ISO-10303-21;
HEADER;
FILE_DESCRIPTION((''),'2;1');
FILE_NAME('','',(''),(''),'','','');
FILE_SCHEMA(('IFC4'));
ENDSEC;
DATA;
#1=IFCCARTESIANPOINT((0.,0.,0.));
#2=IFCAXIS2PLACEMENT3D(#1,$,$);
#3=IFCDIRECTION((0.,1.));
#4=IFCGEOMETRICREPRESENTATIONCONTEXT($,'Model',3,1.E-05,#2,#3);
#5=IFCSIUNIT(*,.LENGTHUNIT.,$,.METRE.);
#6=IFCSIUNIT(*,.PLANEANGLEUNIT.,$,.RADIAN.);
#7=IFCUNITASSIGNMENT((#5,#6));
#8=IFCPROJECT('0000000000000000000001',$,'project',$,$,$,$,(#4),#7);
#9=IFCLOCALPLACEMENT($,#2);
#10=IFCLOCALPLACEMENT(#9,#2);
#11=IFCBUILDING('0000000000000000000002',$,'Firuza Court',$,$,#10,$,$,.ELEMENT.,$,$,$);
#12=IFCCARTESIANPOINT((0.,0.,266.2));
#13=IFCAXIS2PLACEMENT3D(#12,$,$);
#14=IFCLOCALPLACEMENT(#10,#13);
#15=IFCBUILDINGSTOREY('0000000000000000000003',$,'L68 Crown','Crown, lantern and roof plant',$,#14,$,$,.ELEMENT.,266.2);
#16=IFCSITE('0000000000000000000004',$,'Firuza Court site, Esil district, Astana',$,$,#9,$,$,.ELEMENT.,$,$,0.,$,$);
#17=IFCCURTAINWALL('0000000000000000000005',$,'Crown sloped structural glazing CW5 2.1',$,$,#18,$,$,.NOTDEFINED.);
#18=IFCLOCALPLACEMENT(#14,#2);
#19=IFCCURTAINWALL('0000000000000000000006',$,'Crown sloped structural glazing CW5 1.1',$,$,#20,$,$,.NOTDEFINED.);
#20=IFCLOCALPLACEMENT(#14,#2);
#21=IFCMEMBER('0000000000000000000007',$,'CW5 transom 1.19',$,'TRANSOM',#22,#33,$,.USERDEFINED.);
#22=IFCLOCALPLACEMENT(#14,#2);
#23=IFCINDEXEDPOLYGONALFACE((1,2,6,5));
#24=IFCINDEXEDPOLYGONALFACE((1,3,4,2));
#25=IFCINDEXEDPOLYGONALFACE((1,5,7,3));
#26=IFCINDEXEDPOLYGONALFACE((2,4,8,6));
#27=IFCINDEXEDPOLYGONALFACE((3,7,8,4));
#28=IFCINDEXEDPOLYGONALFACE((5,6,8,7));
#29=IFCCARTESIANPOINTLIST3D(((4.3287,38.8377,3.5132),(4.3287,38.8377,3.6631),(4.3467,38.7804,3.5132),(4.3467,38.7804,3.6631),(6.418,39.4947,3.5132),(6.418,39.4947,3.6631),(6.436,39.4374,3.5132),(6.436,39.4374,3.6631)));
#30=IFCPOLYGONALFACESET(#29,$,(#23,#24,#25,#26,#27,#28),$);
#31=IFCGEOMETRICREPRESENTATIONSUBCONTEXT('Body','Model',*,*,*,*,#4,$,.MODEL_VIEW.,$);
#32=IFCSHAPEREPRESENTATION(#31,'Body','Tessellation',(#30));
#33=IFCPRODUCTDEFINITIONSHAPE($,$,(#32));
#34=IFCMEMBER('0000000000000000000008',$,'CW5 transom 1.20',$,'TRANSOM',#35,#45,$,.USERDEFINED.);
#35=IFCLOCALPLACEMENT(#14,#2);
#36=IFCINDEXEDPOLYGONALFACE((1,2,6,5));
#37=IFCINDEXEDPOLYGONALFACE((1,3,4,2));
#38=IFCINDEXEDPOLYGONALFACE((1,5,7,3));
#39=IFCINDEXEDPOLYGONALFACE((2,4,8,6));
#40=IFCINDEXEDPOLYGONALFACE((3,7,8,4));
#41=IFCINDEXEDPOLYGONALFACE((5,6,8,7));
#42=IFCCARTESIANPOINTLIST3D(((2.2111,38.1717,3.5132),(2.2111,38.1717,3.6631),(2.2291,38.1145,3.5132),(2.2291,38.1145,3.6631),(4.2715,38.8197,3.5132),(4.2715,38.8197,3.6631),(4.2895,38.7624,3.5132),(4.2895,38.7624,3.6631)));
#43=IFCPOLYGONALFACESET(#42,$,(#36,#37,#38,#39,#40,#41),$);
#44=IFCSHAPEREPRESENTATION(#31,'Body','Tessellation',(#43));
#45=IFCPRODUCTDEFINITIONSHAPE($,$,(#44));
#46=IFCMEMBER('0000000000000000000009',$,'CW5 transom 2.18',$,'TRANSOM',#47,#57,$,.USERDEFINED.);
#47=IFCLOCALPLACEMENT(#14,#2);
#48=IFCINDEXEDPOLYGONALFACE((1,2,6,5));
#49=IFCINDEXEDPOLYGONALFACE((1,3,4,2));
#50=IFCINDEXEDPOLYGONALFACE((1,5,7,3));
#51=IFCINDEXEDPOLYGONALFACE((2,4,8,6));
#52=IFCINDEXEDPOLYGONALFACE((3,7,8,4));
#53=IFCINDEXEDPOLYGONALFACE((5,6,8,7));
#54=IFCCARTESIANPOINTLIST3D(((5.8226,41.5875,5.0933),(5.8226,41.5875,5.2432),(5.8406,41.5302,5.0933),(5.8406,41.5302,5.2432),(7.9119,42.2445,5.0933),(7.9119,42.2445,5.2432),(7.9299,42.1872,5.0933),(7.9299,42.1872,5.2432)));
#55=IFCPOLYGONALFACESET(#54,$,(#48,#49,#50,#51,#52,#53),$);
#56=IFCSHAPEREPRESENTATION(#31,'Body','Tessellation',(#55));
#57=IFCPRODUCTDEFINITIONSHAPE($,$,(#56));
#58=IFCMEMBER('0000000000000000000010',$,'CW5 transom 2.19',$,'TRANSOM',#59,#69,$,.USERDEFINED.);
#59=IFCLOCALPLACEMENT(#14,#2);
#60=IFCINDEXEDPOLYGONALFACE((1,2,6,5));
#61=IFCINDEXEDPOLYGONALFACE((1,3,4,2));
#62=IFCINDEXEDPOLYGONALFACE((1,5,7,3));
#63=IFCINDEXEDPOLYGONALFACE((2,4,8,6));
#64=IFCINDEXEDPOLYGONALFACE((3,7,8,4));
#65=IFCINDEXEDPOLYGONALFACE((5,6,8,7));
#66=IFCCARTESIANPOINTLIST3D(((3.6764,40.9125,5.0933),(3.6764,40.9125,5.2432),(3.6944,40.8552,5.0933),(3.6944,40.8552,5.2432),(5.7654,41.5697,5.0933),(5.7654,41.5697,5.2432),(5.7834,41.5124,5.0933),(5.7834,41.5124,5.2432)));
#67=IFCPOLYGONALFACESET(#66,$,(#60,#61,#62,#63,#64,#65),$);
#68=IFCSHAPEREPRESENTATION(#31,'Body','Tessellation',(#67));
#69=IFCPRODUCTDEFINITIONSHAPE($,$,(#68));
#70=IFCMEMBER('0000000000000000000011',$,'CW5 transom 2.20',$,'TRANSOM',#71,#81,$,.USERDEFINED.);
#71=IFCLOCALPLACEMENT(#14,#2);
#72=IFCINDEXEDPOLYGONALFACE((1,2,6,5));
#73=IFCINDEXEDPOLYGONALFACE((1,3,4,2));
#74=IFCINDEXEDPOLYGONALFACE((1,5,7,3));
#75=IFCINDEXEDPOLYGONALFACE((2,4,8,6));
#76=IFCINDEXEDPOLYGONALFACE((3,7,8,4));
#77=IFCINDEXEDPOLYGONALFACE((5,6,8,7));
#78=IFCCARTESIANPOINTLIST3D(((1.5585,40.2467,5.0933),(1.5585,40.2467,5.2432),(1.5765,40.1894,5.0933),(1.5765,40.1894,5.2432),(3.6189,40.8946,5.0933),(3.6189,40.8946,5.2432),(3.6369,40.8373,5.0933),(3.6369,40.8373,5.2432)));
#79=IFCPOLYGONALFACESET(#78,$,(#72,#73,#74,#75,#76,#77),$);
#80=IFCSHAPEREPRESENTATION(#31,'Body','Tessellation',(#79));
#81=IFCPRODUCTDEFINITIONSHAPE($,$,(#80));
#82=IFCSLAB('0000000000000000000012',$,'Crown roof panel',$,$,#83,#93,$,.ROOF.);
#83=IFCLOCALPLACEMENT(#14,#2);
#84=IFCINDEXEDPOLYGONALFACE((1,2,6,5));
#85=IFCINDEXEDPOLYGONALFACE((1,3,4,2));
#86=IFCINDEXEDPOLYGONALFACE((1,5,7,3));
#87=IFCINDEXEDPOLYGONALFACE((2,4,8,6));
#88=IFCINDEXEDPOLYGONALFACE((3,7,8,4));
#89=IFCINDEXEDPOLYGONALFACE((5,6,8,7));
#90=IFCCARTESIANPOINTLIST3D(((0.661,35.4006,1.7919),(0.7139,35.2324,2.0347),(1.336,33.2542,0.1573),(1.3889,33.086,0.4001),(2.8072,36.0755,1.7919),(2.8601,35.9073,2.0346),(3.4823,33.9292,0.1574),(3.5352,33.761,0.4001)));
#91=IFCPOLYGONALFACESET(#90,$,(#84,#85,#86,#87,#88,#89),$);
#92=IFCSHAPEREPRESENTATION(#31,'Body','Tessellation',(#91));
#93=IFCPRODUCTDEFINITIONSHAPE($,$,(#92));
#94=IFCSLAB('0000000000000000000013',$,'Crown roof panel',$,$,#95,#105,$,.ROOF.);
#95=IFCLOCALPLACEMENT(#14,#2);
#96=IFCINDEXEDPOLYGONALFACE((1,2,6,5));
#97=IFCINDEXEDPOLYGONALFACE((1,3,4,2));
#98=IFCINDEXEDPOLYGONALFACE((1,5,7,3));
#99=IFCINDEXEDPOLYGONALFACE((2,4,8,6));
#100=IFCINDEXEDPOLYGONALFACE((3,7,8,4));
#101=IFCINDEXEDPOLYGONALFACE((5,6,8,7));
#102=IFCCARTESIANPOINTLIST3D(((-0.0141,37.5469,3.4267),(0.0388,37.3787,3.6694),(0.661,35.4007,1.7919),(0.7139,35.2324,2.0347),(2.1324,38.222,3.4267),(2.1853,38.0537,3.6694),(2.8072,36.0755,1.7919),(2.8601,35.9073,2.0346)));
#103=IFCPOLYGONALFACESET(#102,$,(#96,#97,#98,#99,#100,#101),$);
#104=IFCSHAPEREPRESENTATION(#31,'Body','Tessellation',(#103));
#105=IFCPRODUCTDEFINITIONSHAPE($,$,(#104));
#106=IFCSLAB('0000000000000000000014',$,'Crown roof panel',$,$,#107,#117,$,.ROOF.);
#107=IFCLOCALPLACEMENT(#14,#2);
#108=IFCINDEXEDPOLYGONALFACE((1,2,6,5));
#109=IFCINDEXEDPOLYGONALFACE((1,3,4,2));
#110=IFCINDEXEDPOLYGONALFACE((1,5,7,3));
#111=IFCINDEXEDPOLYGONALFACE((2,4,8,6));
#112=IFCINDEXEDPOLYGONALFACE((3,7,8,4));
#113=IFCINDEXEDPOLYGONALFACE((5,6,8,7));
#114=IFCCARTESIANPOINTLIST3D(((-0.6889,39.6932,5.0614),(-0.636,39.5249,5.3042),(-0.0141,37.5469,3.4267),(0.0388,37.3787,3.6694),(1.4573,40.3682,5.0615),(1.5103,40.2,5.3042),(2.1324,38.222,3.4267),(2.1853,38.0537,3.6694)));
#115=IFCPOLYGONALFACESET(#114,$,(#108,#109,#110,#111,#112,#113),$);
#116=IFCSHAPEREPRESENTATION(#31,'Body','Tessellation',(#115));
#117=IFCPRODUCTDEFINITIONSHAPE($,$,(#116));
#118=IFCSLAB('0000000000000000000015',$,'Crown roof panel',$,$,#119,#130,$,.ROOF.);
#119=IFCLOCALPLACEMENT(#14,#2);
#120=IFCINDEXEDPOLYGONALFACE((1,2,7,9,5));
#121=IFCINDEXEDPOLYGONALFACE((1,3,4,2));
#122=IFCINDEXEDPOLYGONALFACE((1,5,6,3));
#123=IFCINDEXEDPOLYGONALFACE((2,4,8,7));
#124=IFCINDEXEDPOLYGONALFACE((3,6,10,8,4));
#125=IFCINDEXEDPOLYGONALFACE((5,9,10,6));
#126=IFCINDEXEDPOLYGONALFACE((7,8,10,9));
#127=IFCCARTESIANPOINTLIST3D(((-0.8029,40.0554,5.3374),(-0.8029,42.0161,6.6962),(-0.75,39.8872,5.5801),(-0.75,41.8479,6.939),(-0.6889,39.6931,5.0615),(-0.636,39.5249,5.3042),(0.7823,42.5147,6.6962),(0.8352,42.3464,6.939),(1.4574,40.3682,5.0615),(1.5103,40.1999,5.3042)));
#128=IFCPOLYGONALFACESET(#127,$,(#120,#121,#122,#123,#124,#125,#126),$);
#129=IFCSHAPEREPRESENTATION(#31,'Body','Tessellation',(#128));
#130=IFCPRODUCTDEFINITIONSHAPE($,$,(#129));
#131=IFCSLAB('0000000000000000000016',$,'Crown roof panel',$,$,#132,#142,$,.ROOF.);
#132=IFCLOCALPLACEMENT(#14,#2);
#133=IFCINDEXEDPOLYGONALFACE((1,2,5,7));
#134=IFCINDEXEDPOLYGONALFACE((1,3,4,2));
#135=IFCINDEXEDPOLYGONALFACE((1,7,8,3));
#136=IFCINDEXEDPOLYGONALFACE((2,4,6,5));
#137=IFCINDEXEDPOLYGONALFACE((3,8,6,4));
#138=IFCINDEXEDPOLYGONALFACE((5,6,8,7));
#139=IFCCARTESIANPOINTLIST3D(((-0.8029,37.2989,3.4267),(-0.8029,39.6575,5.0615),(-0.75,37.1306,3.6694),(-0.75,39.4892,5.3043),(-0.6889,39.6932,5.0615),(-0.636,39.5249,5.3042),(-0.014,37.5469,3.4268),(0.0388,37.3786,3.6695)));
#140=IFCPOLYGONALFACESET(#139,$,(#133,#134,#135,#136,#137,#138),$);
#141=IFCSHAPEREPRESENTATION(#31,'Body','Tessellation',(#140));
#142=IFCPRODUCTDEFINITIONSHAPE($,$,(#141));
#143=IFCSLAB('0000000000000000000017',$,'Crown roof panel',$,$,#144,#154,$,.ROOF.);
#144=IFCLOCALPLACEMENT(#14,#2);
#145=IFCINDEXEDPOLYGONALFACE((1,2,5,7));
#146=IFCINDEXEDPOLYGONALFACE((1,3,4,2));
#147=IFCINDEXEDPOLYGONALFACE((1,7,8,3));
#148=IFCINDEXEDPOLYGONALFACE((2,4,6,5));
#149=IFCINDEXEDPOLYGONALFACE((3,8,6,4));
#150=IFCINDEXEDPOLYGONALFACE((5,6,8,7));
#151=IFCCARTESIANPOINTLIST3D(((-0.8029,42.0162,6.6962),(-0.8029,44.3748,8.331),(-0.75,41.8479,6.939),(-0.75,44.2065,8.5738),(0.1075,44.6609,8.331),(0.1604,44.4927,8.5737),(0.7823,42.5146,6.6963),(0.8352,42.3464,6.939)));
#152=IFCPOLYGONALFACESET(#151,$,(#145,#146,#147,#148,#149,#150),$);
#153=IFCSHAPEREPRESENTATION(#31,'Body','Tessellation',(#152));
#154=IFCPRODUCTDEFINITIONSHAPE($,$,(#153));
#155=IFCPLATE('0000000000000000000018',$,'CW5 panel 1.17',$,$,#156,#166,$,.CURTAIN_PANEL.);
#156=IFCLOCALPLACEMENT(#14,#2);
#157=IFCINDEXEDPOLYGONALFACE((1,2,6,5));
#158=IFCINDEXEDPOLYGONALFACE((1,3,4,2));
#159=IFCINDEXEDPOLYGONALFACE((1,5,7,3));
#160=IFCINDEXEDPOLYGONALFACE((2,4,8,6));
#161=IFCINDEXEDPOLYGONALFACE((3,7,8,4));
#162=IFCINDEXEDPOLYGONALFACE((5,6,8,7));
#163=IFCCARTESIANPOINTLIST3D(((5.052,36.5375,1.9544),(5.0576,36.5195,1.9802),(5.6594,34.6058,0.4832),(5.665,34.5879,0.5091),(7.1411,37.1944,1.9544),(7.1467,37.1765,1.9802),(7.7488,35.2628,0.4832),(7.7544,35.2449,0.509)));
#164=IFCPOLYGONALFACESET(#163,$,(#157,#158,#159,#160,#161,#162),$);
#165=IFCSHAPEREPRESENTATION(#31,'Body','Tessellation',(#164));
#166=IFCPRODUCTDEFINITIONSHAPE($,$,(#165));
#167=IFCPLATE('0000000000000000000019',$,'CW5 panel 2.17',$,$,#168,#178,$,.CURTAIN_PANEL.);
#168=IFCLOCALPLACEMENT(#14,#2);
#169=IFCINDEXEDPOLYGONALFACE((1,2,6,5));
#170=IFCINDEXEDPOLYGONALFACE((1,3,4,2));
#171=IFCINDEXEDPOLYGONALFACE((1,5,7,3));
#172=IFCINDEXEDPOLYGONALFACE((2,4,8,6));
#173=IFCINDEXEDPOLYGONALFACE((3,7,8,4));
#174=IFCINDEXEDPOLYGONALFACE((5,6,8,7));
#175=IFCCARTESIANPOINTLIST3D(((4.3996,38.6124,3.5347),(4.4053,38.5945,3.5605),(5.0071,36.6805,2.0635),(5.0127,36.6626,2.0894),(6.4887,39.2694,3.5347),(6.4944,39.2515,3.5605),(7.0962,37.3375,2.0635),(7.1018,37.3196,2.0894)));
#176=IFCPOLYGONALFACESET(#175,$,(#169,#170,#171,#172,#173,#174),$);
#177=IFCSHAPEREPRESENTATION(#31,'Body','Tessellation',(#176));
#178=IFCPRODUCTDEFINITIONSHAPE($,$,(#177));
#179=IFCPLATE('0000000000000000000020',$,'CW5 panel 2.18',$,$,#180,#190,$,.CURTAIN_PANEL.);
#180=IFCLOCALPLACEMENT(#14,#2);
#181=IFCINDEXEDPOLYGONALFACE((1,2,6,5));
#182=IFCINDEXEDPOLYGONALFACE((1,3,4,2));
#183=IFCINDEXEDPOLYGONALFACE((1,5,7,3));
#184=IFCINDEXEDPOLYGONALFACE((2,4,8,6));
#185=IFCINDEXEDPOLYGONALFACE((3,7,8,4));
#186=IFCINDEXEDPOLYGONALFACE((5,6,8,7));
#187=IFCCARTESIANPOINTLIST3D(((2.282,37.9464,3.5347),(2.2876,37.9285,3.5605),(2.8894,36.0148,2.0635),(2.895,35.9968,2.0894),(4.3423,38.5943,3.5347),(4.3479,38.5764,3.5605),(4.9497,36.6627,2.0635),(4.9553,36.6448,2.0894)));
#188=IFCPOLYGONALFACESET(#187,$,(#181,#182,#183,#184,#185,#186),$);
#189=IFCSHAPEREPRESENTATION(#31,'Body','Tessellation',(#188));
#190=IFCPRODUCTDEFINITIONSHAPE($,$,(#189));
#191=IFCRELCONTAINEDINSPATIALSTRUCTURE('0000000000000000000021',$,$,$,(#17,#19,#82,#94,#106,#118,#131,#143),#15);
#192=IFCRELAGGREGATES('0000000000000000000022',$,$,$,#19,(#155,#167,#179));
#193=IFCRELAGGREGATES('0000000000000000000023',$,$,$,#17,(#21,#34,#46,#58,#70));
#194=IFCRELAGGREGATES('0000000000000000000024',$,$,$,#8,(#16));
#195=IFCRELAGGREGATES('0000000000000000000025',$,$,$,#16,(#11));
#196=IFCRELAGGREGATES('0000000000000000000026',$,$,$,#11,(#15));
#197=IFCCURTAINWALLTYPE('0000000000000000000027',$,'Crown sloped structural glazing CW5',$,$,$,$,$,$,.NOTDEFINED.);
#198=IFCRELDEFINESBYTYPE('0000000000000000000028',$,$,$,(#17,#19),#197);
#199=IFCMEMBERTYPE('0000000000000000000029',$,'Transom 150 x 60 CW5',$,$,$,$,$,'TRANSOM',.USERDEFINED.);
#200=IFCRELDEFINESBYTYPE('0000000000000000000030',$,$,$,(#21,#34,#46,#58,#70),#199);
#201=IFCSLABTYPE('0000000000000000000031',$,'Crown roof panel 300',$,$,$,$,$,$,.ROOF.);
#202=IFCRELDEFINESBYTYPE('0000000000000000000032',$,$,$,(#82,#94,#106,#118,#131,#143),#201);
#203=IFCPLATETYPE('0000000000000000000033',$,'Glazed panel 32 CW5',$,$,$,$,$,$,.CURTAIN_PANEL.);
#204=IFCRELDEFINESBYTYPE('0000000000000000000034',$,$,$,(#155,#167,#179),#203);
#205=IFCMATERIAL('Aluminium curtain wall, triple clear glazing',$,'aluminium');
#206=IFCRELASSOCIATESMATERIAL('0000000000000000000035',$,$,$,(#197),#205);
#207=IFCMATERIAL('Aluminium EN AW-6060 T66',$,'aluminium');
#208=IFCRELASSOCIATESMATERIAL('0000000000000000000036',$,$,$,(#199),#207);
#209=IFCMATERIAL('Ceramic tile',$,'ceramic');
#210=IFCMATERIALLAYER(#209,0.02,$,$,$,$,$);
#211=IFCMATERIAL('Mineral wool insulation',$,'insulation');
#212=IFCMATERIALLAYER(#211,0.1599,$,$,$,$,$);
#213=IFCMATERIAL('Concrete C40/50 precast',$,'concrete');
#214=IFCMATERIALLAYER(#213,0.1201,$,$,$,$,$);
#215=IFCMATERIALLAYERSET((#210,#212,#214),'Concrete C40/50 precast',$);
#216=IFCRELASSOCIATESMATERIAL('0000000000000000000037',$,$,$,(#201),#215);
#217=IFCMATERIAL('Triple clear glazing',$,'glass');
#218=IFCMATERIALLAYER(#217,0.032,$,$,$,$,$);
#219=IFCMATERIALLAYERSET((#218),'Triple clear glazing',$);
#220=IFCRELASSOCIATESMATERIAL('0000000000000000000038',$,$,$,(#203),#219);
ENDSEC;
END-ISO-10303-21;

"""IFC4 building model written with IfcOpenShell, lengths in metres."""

from ifc_helpers import new_model, si_unit, direction, frame, origin, origin_2d, place, context, subcontext, project, spatial, polyline, rectangle, outline, extrude, material, layer, layer_set, material_profile, profile_set, type_object, element, aggregate, save


model = new_model("IFC4")

# Units and contexts
model_context = context("Model", 3, precision=1e-05, world=origin(), true_north=direction((0.0, 1.0)))
body_context = subcontext(model_context, "Body", "Model", "MODEL_VIEW")
ifc_project = project(units=[si_unit("LENGTHUNIT", "METRE"), si_unit("PLANEANGLEUNIT", "RADIAN")], contexts=[model_context])

# Site, building, storey
site_placement = place(None, origin())
site = spatial("IfcSite", under=ifc_project, at=site_placement, Name="Firuza Court site, Esil district, Astana", CompositionType="ELEMENT", RefElevation=0.0)
building_placement = place(site_placement, origin())
building = spatial("IfcBuilding", under=site, at=building_placement, Name="Firuza Court", CompositionType="ELEMENT")
storey_placement = place(building_placement, frame((0.0, 0.0, 266.2)))
storey = spatial("IfcBuildingStorey", under=building, at=storey_placement, Name="L68 Crown", Description="Crown, lantern and roof plant", CompositionType="ELEMENT", Elevation=266.2)

# Curtain walls
ifc_material_1 = material(Name="Aluminium curtain wall, triple clear glazing", Category="aluminium")
curtain_wall_type = type_object("IfcCurtainWallType", Name="Crown sloped structural glazing CW5", PredefinedType="NOTDEFINED", material=ifc_material_1)
curtain_wall_1_placement = place(storey_placement, origin())
curtain_wall_1 = element("IfcCurtainWall", 1, at=curtain_wall_1_placement, inside=storey, type_object=curtain_wall_type, Name="Crown sloped structural glazing CW5 2.1", PredefinedType="NOTDEFINED")
curtain_wall_2_placement = place(storey_placement, origin())
curtain_wall_2 = element("IfcCurtainWall", 2, at=curtain_wall_2_placement, inside=storey, type_object=curtain_wall_type, Name="Crown sloped structural glazing CW5 1.1", PredefinedType="NOTDEFINED")
ifc_material_2 = material(Name="Aluminium EN AW-6060 T66", Category="aluminium")
ifc_material_profile_1 = material_profile(ifc_material_2, rectangle(XDim=0.0601, YDim=0.1499, at=origin_2d()), Name="Transom 150 x 60 CW5")
ifc_profile_set_1 = profile_set([ifc_material_profile_1], Name="Aluminium EN AW-6060 T66")
member_type_1 = type_object("IfcMemberType", Name="Transom 150 x 60 CW5", ElementType="TRANSOM", PredefinedType="USERDEFINED", material=ifc_profile_set_1)

# Members
member_1_placement = place(storey_placement, frame((6.427, 39.4661, 3.5881), z_axis=(-0.953951, -0.299963, 0.0), x_axis=(0.299963, -0.953951, 0.0)))
member_1 = element("IfcMember", 3, at=member_1_placement, type_object=member_type_1, Name="CW5 transom 1.19", ObjectType="TRANSOM", PredefinedType="USERDEFINED", context=body_context, shape_type="SweptSolid", body=[
    extrude(rectangle(XDim=0.0601, YDim=0.1499, at=origin_2d()), origin(), (0.0, 0.0, 1.0), 2.1902),
])
member_2_placement = place(storey_placement, frame((4.2805, 38.791, 3.5881), z_axis=(-0.953948, -0.299974, 0.0), x_axis=(0.299974, -0.953948, 0.0)))
member_2 = element("IfcMember", 4, at=member_2_placement, type_object=member_type_1, Name="CW5 transom 1.20", ObjectType="TRANSOM", PredefinedType="USERDEFINED", context=body_context, shape_type="SweptSolid", body=[
    extrude(rectangle(XDim=0.0601, YDim=0.1499, at=origin_2d()), origin(), (0.0, 0.0, 1.0), 2.1599),
])
member_3_placement = place(storey_placement, frame((7.9209, 42.2158, 5.1682), z_axis=(-0.953951, -0.299963, 0.0), x_axis=(0.299963, -0.953951, 0.0)))
member_3 = element("IfcMember", 5, at=member_3_placement, type_object=member_type_1, Name="CW5 transom 2.18", ObjectType="TRANSOM", PredefinedType="USERDEFINED", context=body_context, shape_type="SweptSolid", body=[
    extrude(rectangle(XDim=0.0601, YDim=0.1499, at=origin_2d()), origin(), (0.0, 0.0, 1.0), 2.1902),
])
member_4_placement = place(storey_placement, frame((5.7744, 41.541, 5.1682), z_axis=(-0.953909, -0.300096, 0.0), x_axis=(0.300096, -0.953909, 0.0)))
member_4 = element("IfcMember", 6, at=member_4_placement, type_object=member_type_1, Name="CW5 transom 2.19", ObjectType="TRANSOM", PredefinedType="USERDEFINED", context=body_context, shape_type="SweptSolid", body=[
    extrude(rectangle(XDim=0.0601, YDim=0.1499, at=origin_2d()), origin(), (0.0, 0.0, 1.0), 2.1899),
])
member_5_placement = place(storey_placement, frame((3.6279, 40.866, 5.1682), z_axis=(-0.953948, -0.299974, 0.0), x_axis=(0.299974, -0.953948, 0.0)))
member_5 = element("IfcMember", 7, at=member_5_placement, type_object=member_type_1, Name="CW5 transom 2.20", ObjectType="TRANSOM", PredefinedType="USERDEFINED", context=body_context, shape_type="SweptSolid", body=[
    extrude(rectangle(XDim=0.0601, YDim=0.1499, at=origin_2d()), origin(), (0.0, 0.0, 1.0), 2.1599),
])

# Slabs
ifc_material_3 = material(Name="Ceramic tile", Category="ceramic")
ifc_layer_1 = layer(ifc_material_3, 0.02)
ifc_material_4 = material(Name="Mineral wool insulation", Category="insulation")
ifc_layer_2 = layer(ifc_material_4, 0.1599)
ifc_material_5 = material(Name="Concrete C40/50 precast", Category="concrete")
ifc_layer_3 = layer(ifc_material_5, 0.1201)
ifc_layer_set_1 = layer_set([ifc_layer_1, ifc_layer_2, ifc_layer_3], Name="Concrete C40/50 precast")
slab_type = type_object("IfcSlabType", Name="Crown roof panel 300", PredefinedType="ROOF", material=ifc_layer_set_1)
slab_1_placement = place(storey_placement, frame((0.7139, 35.2324, 2.0347), z_axis=(0.176313, -0.560667, 0.809053), x_axis=(0.953954, 0.299954, -0.000025)))
element("IfcSlab", 8, at=slab_1_placement, inside=storey, type_object=slab_type, Name="Crown roof panel", PredefinedType="ROOF", context=body_context, shape_type="SweptSolid", body=[
    extrude(outline(polyline([(0.0, 0.0), (2.2498, 0.0), (2.2501, -2.781), (0.0002, -2.7811), (0.0, 0.0)])), origin(), (0.0, 0.0, -1.0), 0.3),
])
slab_2_placement = place(storey_placement, frame((0.7139, 35.2324, 2.0347), z_axis=(0.176323, -0.560731, 0.809006), x_axis=(-0.242731, 0.771734, 0.5878)))
element("IfcSlab", 9, at=slab_2_placement, inside=storey, type_object=slab_type, Name="Crown roof panel", PredefinedType="ROOF", context=body_context, shape_type="SweptSolid", body=[
    extrude(outline(polyline([(0.0, 0.0), (2.7811, 0.0), (2.781, -2.2501), (-0.0002, -2.2498), (0.0, 0.0)])), origin(), (0.0, 0.0, -1.0), 0.3),
])
slab_3_placement = place(storey_placement, frame((0.0388, 37.3787, 3.6694), z_axis=(0.176358, -0.560741, 0.808992), x_axis=(-0.242646, 0.771745, 0.58782)))
element("IfcSlab", 10, at=slab_3_placement, inside=storey, type_object=slab_type, Name="Crown roof panel", PredefinedType="ROOF", context=body_context, shape_type="SweptSolid", body=[
    extrude(outline(polyline([(0.0, 0.0), (2.781, 0.0), (2.7812, -2.2499), (0.0001, -2.2501), (0.0, 0.0)])), origin(), (0.0, 0.0, -1.0), 0.3),
])
slab_4_placement = place(storey_placement, frame((-0.636, 39.5249, 5.3042), z_axis=(0.176332, -0.560693, 0.809031), x_axis=(-0.242853, 0.771721, 0.587766)))
element("IfcSlab", 11, at=slab_4_placement, inside=storey, type_object=slab_type, Name="Crown roof panel", PredefinedType="ROOF", context=body_context, shape_type="SweptSolid", body=[
    extrude(outline(polyline([(0.0, 0.0), (0.4694, 0.0), (2.7813, -0.5886), (2.781, -2.2503), (-0.0003, -2.2499), (0.0, 0.0)])), origin(), (0.0, 0.0, -1.0), 0.3),
])
slab_5_placement = place(storey_placement, frame((-0.75, 37.1306, 3.6694), z_axis=(0.176205, -0.560764, 0.809009), x_axis=(0.000006, 0.821869, 0.569677)))
element("IfcSlab", 12, at=slab_5_placement, inside=storey, type_object=slab_type, Name="Crown roof panel", PredefinedType="ROOF", context=body_context, shape_type="SweptSolid", body=[
    extrude(outline(polyline([(0.0, 0.0), (2.8698, 0.0), (2.8991, -0.1158), (0.2039, -0.8014), (0.0, 0.0)])), origin(), (0.0, 0.0, -1.0), 0.3),
])
slab_6_placement = place(storey_placement, frame((-0.75, 41.8479, 6.939), z_axis=(0.176309, -0.560743, 0.809001), x_axis=(0.000004, 0.821876, 0.569666)))
element("IfcSlab", 13, at=slab_6_placement, inside=storey, type_object=slab_type, Name="Crown roof panel", PredefinedType="ROOF", context=body_context, shape_type="SweptSolid", body=[
    extrude(outline(polyline([(0.0, 0.0), (2.8698, 0.0), (3.105, -0.9249), (0.4097, -1.6104), (0.0, 0.0)])), origin(), (0.0, 0.0, -1.0), 0.3),
])

# Plates
ifc_material_6 = material(Name="Triple clear glazing", Category="glass")
ifc_layer_4 = layer(ifc_material_6, 0.032)
ifc_layer_set_2 = layer_set([ifc_layer_4], Name="Triple clear glazing")
plate_type = type_object("IfcPlateType", Name="Glazed panel 32 CW5", PredefinedType="CURTAIN_PANEL", material=ifc_layer_set_2)
plate_1_placement = place(storey_placement, frame((7.7544, 35.2449, 0.509), z_axis=(0.176323, -0.560714, 0.809018), x_axis=(-0.953949, -0.299968, 0.000008)))
plate_1 = element("IfcPlate", 14, at=plate_1_placement, type_object=plate_type, Name="CW5 panel 1.17", PredefinedType="CURTAIN_PANEL", context=body_context, shape_type="SweptSolid", body=[
    extrude(outline(polyline([(0.0, 0.0), (2.1902, 0.0), (2.1902, -2.5029), (0.0003, -2.503), (0.0, 0.0)])), origin(), (0.0, 0.0, -1.0), 0.032),
])
plate_2_placement = place(storey_placement, frame((7.1018, 37.3196, 2.0894), z_axis=(0.176321, -0.560675, 0.809045), x_axis=(-0.953941, -0.299995, 0.0)))
plate_2 = element("IfcPlate", 15, at=plate_2_placement, type_object=plate_type, Name="CW5 panel 2.17", PredefinedType="CURTAIN_PANEL", context=body_context, shape_type="SweptSolid", body=[
    extrude(outline(polyline([(0.0, 0.0), (2.19, 0.0), (2.1899, -2.5031), (-0.0001, -2.5031), (0.0, 0.0)])), origin(), (0.0, 0.0, -1.0), 0.032),
])
plate_3_placement = place(storey_placement, frame((4.9553, 36.6448, 2.0894), z_axis=(0.176341, -0.560715, 0.809013), x_axis=(-0.953937, -0.300006, 0.0)))
plate_3 = element("IfcPlate", 16, at=plate_3_placement, type_object=plate_type, Name="CW5 panel 2.18", PredefinedType="CURTAIN_PANEL", context=body_context, shape_type="SweptSolid", body=[
    extrude(outline(polyline([(0.0, 0.0), (2.1598, 0.0), (2.1597, -2.5029), (-0.0001, -2.5029), (0.0, 0.0)])), origin(), (0.0, 0.0, -1.0), 0.032),
])
aggregate(curtain_wall_2, [plate_1, plate_2, plate_3])
aggregate(curtain_wall_1, [member_1, member_2, member_3, member_4, member_5])

save(model, "model.ifc")
